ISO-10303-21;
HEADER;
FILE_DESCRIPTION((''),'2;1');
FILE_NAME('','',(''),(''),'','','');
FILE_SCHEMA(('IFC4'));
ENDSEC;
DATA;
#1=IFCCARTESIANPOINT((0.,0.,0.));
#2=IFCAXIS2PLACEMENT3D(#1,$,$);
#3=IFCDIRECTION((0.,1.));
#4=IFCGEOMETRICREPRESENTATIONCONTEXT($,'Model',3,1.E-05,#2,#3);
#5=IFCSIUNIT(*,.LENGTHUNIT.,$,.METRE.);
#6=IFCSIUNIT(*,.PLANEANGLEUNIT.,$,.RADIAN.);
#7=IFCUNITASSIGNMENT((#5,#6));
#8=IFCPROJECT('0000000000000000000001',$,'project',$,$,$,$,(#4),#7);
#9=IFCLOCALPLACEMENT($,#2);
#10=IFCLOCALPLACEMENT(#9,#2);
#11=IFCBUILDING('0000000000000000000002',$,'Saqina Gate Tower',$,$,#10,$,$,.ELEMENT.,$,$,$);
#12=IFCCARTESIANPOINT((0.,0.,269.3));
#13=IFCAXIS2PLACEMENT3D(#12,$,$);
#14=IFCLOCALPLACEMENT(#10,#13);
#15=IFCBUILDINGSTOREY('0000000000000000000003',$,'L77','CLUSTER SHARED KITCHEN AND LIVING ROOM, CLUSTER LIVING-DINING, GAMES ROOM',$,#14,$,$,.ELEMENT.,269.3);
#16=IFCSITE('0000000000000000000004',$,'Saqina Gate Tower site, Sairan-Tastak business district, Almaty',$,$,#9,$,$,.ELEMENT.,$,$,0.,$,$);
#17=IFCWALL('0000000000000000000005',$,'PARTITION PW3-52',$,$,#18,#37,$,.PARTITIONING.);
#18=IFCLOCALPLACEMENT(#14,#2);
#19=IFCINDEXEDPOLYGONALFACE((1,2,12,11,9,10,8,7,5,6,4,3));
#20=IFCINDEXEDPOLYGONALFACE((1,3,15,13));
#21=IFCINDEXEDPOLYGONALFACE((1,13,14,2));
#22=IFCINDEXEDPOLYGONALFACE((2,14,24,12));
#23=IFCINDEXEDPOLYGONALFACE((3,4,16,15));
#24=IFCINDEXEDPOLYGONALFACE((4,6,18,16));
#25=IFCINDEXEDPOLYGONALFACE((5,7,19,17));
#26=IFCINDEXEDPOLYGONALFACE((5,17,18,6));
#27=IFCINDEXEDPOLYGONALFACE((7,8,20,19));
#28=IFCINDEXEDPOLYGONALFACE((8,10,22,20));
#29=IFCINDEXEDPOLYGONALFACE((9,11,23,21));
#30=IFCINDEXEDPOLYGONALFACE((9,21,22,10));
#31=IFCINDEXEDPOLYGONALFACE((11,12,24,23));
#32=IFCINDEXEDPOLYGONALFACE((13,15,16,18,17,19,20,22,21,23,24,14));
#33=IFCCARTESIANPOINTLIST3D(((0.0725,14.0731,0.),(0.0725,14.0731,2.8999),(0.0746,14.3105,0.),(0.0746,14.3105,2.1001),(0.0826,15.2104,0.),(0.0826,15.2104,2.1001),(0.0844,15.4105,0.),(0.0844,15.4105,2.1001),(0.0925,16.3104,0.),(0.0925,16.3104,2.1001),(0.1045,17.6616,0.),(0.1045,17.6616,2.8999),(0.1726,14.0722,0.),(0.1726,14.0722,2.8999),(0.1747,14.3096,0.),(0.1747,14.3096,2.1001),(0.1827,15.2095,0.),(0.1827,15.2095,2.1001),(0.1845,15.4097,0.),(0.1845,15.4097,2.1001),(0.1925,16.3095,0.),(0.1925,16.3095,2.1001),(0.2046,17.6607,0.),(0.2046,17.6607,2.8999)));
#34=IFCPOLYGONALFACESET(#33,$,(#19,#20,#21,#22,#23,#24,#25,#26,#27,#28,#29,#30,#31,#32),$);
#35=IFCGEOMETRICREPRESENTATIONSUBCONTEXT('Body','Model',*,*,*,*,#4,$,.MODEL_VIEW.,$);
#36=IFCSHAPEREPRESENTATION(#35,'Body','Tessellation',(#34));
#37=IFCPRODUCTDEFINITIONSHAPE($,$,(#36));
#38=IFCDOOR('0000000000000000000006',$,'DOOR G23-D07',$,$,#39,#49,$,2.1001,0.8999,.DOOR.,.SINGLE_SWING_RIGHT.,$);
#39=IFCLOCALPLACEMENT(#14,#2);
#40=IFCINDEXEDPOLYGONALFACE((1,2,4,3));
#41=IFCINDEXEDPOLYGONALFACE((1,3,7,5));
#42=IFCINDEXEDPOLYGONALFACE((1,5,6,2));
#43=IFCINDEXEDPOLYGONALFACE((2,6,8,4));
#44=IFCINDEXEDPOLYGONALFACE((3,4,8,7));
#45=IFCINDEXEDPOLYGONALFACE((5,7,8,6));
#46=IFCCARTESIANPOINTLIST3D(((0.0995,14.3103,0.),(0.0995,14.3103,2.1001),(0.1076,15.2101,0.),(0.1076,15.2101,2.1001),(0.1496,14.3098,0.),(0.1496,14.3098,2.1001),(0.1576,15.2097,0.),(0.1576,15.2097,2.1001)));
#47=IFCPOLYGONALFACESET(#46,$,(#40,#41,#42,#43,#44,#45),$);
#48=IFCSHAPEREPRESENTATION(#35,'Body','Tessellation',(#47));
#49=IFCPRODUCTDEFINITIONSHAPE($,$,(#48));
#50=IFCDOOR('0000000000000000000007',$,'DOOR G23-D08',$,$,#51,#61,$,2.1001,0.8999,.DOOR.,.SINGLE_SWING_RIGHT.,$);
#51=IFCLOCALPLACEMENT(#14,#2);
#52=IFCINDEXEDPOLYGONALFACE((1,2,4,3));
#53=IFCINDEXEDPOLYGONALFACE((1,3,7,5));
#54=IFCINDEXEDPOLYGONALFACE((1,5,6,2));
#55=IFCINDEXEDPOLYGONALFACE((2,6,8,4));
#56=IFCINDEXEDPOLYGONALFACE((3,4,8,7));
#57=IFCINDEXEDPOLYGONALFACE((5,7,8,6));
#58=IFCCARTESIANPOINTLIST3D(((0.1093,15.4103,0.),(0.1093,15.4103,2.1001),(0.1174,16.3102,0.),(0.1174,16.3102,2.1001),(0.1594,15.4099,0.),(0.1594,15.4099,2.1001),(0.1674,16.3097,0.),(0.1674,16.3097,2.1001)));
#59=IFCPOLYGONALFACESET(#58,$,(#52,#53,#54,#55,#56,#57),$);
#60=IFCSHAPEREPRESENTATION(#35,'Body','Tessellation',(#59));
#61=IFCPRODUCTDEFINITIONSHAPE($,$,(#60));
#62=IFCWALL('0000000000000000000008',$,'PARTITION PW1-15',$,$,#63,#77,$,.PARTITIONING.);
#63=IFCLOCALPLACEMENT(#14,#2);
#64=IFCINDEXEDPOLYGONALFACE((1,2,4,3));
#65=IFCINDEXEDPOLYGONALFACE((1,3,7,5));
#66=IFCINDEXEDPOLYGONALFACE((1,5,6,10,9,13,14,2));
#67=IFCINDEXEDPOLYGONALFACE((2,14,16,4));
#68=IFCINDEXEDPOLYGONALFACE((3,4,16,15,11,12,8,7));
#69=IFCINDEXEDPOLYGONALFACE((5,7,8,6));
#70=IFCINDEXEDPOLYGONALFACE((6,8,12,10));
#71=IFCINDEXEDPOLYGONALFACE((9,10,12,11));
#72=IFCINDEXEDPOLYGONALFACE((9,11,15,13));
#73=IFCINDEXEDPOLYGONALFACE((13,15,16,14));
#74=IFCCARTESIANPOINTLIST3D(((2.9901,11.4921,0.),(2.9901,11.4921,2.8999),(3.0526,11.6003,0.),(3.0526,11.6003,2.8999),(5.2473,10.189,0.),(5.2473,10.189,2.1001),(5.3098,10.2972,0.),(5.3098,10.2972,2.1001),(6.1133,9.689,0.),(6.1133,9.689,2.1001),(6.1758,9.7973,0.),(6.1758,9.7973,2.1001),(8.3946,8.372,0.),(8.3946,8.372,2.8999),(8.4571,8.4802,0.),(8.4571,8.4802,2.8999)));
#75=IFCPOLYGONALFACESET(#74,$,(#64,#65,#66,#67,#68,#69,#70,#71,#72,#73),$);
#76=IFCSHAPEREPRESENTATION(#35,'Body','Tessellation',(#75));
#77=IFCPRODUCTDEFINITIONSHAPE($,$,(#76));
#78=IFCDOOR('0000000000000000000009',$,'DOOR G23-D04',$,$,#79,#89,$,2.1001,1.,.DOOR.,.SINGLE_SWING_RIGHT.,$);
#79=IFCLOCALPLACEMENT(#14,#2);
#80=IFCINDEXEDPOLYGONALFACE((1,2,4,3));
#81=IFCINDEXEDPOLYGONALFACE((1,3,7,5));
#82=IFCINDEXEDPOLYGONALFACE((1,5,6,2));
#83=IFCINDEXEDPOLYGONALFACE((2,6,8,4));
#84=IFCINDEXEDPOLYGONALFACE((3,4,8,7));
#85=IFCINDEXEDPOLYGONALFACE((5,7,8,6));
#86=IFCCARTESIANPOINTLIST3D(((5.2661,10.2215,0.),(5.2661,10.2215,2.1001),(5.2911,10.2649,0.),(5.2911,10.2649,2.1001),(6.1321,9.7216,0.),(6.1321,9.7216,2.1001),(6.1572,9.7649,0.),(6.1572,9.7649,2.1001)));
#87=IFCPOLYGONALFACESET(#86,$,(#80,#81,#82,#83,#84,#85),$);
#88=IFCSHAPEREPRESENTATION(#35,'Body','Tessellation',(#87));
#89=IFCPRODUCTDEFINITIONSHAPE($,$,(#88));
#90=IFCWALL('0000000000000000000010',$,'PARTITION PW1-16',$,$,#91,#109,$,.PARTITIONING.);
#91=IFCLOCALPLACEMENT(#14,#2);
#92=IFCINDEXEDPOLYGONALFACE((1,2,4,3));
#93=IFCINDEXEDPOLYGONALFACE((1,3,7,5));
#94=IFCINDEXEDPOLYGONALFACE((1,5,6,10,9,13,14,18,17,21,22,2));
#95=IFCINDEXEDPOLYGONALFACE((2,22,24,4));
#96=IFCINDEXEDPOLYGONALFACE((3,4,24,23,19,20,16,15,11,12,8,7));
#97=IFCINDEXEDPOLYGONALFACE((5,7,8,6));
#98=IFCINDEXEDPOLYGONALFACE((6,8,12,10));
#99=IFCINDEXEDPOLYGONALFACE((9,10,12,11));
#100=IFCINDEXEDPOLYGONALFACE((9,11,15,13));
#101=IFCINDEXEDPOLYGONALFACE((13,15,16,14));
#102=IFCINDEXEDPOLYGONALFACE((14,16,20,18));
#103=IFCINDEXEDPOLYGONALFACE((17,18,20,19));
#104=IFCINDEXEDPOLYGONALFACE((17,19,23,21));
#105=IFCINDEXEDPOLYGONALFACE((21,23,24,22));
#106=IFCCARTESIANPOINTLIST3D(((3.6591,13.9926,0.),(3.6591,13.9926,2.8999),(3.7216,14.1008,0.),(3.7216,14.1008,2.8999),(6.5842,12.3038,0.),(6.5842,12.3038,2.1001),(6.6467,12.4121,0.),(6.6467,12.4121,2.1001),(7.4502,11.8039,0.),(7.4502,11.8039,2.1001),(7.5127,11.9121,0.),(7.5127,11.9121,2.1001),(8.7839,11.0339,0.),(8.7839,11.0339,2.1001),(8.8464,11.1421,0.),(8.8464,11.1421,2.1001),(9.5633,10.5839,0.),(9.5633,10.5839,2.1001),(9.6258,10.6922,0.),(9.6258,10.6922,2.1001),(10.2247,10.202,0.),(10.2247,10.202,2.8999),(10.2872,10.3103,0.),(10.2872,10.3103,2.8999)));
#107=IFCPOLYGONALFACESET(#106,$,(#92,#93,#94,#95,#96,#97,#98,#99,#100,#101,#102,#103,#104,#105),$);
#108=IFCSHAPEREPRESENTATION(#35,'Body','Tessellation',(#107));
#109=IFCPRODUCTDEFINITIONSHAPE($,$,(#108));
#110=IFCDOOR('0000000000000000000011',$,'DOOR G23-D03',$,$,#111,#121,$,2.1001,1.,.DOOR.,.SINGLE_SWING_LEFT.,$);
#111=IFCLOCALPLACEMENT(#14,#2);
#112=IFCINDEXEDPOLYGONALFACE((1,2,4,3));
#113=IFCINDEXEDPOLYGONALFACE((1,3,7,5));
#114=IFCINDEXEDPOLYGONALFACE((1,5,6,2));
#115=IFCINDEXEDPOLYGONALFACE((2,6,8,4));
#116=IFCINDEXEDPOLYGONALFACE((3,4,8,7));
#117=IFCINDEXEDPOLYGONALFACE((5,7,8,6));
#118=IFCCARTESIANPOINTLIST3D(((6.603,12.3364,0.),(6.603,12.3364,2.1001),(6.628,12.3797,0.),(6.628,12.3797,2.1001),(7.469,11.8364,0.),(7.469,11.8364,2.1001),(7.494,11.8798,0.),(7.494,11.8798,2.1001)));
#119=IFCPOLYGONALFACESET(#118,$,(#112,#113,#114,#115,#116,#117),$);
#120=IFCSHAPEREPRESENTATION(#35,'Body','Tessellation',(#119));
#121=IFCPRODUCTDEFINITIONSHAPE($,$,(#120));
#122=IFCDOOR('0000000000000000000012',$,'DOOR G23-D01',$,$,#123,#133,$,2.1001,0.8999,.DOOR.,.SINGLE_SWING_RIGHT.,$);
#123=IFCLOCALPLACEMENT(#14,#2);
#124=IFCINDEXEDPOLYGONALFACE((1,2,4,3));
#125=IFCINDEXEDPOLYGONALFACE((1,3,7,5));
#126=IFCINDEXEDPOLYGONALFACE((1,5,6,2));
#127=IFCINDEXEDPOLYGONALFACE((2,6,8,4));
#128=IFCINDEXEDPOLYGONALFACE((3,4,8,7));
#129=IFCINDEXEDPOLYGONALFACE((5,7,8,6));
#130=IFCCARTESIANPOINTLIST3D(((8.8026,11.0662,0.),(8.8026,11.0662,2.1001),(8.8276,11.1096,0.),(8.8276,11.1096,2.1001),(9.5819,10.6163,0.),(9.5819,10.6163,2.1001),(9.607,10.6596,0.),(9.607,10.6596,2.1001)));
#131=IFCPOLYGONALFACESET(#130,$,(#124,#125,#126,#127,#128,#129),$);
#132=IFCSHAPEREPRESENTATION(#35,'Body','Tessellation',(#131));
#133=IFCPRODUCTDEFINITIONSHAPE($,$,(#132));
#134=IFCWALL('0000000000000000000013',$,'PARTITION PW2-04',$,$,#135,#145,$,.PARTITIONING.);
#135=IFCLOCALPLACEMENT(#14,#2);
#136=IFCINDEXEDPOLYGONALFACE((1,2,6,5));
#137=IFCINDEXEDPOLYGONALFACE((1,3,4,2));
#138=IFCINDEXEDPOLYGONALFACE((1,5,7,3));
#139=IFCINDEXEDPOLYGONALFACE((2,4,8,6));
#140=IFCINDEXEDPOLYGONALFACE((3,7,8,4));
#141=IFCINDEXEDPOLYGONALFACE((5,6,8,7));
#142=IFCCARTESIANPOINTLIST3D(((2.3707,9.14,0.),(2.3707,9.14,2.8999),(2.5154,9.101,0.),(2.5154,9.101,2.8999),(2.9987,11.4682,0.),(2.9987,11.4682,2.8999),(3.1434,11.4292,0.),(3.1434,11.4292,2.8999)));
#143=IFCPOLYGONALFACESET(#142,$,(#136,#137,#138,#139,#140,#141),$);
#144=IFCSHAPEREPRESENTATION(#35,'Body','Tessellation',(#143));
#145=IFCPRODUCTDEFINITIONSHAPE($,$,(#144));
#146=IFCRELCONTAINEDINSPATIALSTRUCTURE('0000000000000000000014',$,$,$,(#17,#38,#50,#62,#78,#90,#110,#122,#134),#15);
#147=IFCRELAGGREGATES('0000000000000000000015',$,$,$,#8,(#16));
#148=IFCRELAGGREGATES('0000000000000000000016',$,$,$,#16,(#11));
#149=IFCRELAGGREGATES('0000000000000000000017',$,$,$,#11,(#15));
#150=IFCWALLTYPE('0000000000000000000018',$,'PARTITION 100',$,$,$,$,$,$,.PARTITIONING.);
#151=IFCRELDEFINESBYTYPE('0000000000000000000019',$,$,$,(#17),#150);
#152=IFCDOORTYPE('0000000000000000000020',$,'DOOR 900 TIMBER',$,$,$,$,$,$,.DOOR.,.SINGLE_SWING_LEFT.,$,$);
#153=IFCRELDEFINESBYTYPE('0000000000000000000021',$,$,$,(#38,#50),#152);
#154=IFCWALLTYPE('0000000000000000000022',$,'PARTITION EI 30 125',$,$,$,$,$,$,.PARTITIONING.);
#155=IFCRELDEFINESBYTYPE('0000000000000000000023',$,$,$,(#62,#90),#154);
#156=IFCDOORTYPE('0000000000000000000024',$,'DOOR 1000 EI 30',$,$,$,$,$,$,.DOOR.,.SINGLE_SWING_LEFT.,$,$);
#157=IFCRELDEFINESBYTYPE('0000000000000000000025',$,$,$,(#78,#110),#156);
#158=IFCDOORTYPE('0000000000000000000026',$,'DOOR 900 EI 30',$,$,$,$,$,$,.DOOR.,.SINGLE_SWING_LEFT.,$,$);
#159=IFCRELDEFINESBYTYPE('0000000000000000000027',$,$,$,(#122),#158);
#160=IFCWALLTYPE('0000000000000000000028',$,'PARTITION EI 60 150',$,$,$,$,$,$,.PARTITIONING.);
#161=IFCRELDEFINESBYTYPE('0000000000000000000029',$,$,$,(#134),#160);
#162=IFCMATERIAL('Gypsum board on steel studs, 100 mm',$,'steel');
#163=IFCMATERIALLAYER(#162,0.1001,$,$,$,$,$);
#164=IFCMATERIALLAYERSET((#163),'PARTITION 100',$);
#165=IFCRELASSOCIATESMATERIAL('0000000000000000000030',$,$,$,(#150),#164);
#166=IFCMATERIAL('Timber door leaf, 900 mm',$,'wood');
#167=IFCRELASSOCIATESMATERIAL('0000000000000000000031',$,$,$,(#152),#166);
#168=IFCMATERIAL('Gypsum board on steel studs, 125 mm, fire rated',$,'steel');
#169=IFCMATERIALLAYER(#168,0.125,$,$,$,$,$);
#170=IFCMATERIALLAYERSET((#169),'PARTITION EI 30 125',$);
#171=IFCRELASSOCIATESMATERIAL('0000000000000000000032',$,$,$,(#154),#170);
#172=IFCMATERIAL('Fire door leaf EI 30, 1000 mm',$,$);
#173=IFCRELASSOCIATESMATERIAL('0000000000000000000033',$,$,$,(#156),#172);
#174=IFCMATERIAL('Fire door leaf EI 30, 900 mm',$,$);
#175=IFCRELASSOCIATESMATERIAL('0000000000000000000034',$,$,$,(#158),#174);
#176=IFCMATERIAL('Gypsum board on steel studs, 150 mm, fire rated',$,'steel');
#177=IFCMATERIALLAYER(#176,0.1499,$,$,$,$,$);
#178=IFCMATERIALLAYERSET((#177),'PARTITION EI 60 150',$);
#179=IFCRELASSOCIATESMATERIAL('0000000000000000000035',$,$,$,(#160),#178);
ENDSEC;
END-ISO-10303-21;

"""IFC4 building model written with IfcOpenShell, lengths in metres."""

from ifc_helpers import new_model, si_unit, direction, frame, frame_2d, origin, place, context, subcontext, project, spatial, rectangle, extrude, material, layer, layer_set, type_object, element, fill, save


model = new_model("IFC4")

# Units and contexts
model_context = context("Model", 3, precision=1e-05, world=origin(), true_north=direction((0.0, 1.0)))
body_context = subcontext(model_context, "Body", "Model", "MODEL_VIEW")
ifc_project = project(units=[si_unit("LENGTHUNIT", "METRE"), si_unit("PLANEANGLEUNIT", "RADIAN")], contexts=[model_context])

# Site, building, storey
site_placement = place(None, origin())
site = spatial("IfcSite", under=ifc_project, at=site_placement, Name="Saqina Gate Tower site, Sairan-Tastak business district, Almaty", CompositionType="ELEMENT", RefElevation=0.0)
building_placement = place(site_placement, origin())
building = spatial("IfcBuilding", under=site, at=building_placement, Name="Saqina Gate Tower", CompositionType="ELEMENT")
storey_placement = place(building_placement, frame((0.0, 0.0, 269.3)))
storey = spatial("IfcBuildingStorey", under=building, at=storey_placement, Name="L77", Description="CLUSTER SHARED KITCHEN AND LIVING ROOM, CLUSTER LIVING-DINING, GAMES ROOM", CompositionType="ELEMENT", Elevation=269.3)

# Shared definitions
ifc_material_1 = material(Name="Gypsum board on steel studs, 100 mm", Category="steel")
ifc_layer_1 = layer(ifc_material_1, 0.1001)
ifc_layer_set_1 = layer_set([ifc_layer_1], Name="PARTITION 100")
wall_type_1 = type_object("IfcWallType", Name="PARTITION 100", PredefinedType="PARTITIONING", material=ifc_layer_set_1)

# Wall, openings, doors
wall_1_placement = place(storey_placement, frame((0.1226, 14.0725, 0.0), z_axis=(0.0, 0.0, 1.0), x_axis=(0.008912, 0.99996, 0.0)))
wall_1 = element("IfcWall", 1, at=wall_1_placement, inside=storey, type_object=wall_type_1, Name="PARTITION PW3-52", PredefinedType="PARTITIONING", context=body_context, shape_type="SweptSolid", body=[
    extrude(rectangle(XDim=3.5886, YDim=0.1001, at=frame_2d((1.7944, 0.0))), origin(), (0.0, 0.0, 1.0), 2.8999),
])
opening_1_placement = place(wall_1_placement, frame((0.2375, 0.0, 0.0)))
opening_1 = element("IfcOpeningElement", 2, at=opening_1_placement, cuts=wall_1, PredefinedType="OPENING", context=body_context, shape_type="SweptSolid", body=[
    extrude(rectangle(XDim=0.8999, YDim=2.1001, at=frame_2d((0.45, 1.05))), frame((0.0, 0.062, 0.0), z_axis=(0.0, -1.0, 0.0), x_axis=(1.0, 0.0, 0.0)), (0.0, 0.0, 1.0), 0.124),
])
opening_2_placement = place(wall_1_placement, frame((1.3376, 0.0, 0.0)))
opening_2 = element("IfcOpeningElement", 3, at=opening_2_placement, cuts=wall_1, PredefinedType="OPENING", context=body_context, shape_type="SweptSolid", body=[
    extrude(rectangle(XDim=0.8999, YDim=2.1001, at=frame_2d((0.45, 1.05))), frame((0.0, 0.062, 0.0), z_axis=(0.0, -1.0, 0.0), x_axis=(1.0, 0.0, 0.0)), (0.0, 0.0, 1.0), 0.124),
])
ifc_material_2 = material(Name="Timber door leaf, 900 mm", Category="wood")
door_type_1 = type_object("IfcDoorType", Name="DOOR 900 TIMBER", OperationType="SINGLE_SWING_LEFT", PredefinedType="DOOR", material=ifc_material_2)
door_1_placement = place(opening_1_placement, frame((0.8999, 0.0, 0.0), z_axis=(0.0, 0.0, 1.0), x_axis=(-1.0, 0.0, 0.0)))
door_1 = element("IfcDoor", 4, at=door_1_placement, inside=storey, type_object=door_type_1, Name="DOOR G23-D07", OperationType="SINGLE_SWING_RIGHT", OverallHeight=2.1001, OverallWidth=0.8999, PredefinedType="DOOR", context=body_context, shape_type="SweptSolid", body=[
    extrude(rectangle(XDim=0.8999, YDim=2.1001, at=frame_2d((0.45, 1.05))), frame((0.0, 0.0249, 0.0), z_axis=(0.0, -1.0, 0.0), x_axis=(1.0, 0.0, 0.0)), (0.0, 0.0, 1.0), 0.05),
])
fill(opening_1, door_1)
door_2_placement = place(opening_2_placement, frame((0.8999, 0.0, 0.0), z_axis=(0.0, 0.0, 1.0), x_axis=(-1.0, 0.0, 0.0)))
door_2 = element("IfcDoor", 5, at=door_2_placement, inside=storey, type_object=door_type_1, Name="DOOR G23-D08", OperationType="SINGLE_SWING_RIGHT", OverallHeight=2.1001, OverallWidth=0.8999, PredefinedType="DOOR", context=body_context, shape_type="SweptSolid", body=[
    extrude(rectangle(XDim=0.8999, YDim=2.1001, at=frame_2d((0.45, 1.05))), frame((0.0, 0.0249, 0.0), z_axis=(0.0, -1.0, 0.0), x_axis=(1.0, 0.0, 0.0)), (0.0, 0.0, 1.0), 0.05),
])
fill(opening_2, door_2)

# Wall, opening, door
ifc_material_3 = material(Name="Gypsum board on steel studs, 125 mm, fire rated", Category="steel")
ifc_layer_2 = layer(ifc_material_3, 0.125)
ifc_layer_set_2 = layer_set([ifc_layer_2], Name="PARTITION EI 30 125")
wall_type_2 = type_object("IfcWallType", Name="PARTITION EI 30 125", PredefinedType="PARTITIONING", material=ifc_layer_set_2)
wall_2_placement = place(storey_placement, frame((3.0215, 11.5461, 0.0), z_axis=(0.0, 0.0, 1.0), x_axis=(0.866039, -0.499976, 0.0)))
wall_2 = element("IfcWall", 6, at=wall_2_placement, inside=storey, type_object=wall_type_2, Name="PARTITION PW1-15", PredefinedType="PARTITIONING", context=body_context, shape_type="SweptSolid", body=[
    extrude(rectangle(XDim=6.2405, YDim=0.125, at=frame_2d((3.1201, 0.0))), origin(), (0.0, 0.0, 1.0), 2.8999),
])
opening_3_placement = place(wall_2_placement, frame((2.6062, 0.0, 0.0)))
opening_3 = element("IfcOpeningElement", 7, at=opening_3_placement, cuts=wall_2, PredefinedType="OPENING", context=body_context, shape_type="SweptSolid", body=[
    extrude(rectangle(XDim=1.0, YDim=2.1001, at=frame_2d((0.5, 1.05))), frame((0.0, 0.0745, 0.0), z_axis=(0.0, -1.0, 0.0), x_axis=(1.0, 0.0, 0.0)), (0.0, 0.0, 1.0), 0.1489),
])
ifc_material_4 = material(Name="Fire door leaf EI 30, 1000 mm")
door_type_2 = type_object("IfcDoorType", Name="DOOR 1000 EI 30", OperationType="SINGLE_SWING_LEFT", PredefinedType="DOOR", material=ifc_material_4)
door_3_placement = place(opening_3_placement, frame((1.0, 0.0, 0.0), z_axis=(0.0, 0.0, 1.0), x_axis=(-1.0, 0.0, 0.0)))
door_3 = element("IfcDoor", 8, at=door_3_placement, inside=storey, type_object=door_type_2, Name="DOOR G23-D04", OperationType="SINGLE_SWING_RIGHT", OverallHeight=2.1001, OverallWidth=1.0, PredefinedType="DOOR", context=body_context, shape_type="SweptSolid", body=[
    extrude(rectangle(XDim=1.0, YDim=2.1001, at=frame_2d((0.5, 1.05))), frame((0.0, 0.0249, 0.0), z_axis=(0.0, -1.0, 0.0), x_axis=(1.0, 0.0, 0.0)), (0.0, 0.0, 1.0), 0.05),
])
fill(opening_3, door_3)

# Wall, openings, doors
wall_3_placement = place(storey_placement, frame((3.6904, 14.0466, 0.0), z_axis=(0.0, 0.0, 1.0), x_axis=(0.866035, -0.499984, 0.0)))
wall_3 = element("IfcWall", 9, at=wall_3_placement, inside=storey, type_object=wall_type_2, Name="PARTITION PW1-16", PredefinedType="PARTITIONING", context=body_context, shape_type="SweptSolid", body=[
    extrude(rectangle(XDim=7.5813, YDim=0.125, at=frame_2d((3.7905, 0.0))), origin(), (0.0, 0.0, 1.0), 2.8999),
])
opening_4_placement = place(wall_3_placement, frame((5.9175, 0.0, 0.0)))
opening_4 = element("IfcOpeningElement", 10, at=opening_4_placement, cuts=wall_3, PredefinedType="OPENING", context=body_context, shape_type="SweptSolid", body=[
    extrude(rectangle(XDim=0.8999, YDim=2.1001, at=frame_2d((0.45, 1.05))), frame((0.0, 0.0745, 0.0), z_axis=(0.0, -1.0, 0.0), x_axis=(1.0, 0.0, 0.0)), (0.0, 0.0, 1.0), 0.1489),
])
opening_5_placement = place(wall_3_placement, frame((3.3774, 0.0, 0.0)))
opening_5 = element("IfcOpeningElement", 11, at=opening_5_placement, cuts=wall_3, PredefinedType="OPENING", context=body_context, shape_type="SweptSolid", body=[
    extrude(rectangle(XDim=1.0, YDim=2.1001, at=frame_2d((0.5, 1.05))), frame((0.0, 0.0745, 0.0), z_axis=(0.0, -1.0, 0.0), x_axis=(1.0, 0.0, 0.0)), (0.0, 0.0, 1.0), 0.1489),
])
door_4_placement = place(opening_5_placement, frame((1.0, 0.0, 0.0), z_axis=(0.0, 0.0, 1.0), x_axis=(-1.0, 0.0, 0.0)))
door_4 = element("IfcDoor", 12, at=door_4_placement, inside=storey, type_object=door_type_2, Name="DOOR G23-D03", OperationType="SINGLE_SWING_LEFT", OverallHeight=2.1001, OverallWidth=1.0, PredefinedType="DOOR", context=body_context, shape_type="SweptSolid", body=[
    extrude(rectangle(XDim=1.0, YDim=2.1001, at=frame_2d((0.5, 1.05))), frame((0.0, 0.0249, 0.0), z_axis=(0.0, -1.0, 0.0), x_axis=(1.0, 0.0, 0.0)), (0.0, 0.0, 1.0), 0.05),
])
fill(opening_5, door_4)
ifc_material_5 = material(Name="Fire door leaf EI 30, 900 mm")
door_type_3 = type_object("IfcDoorType", Name="DOOR 900 EI 30", OperationType="SINGLE_SWING_LEFT", PredefinedType="DOOR", material=ifc_material_5)
door_5_placement = place(opening_4_placement, origin())
door_5 = element("IfcDoor", 13, at=door_5_placement, inside=storey, type_object=door_type_3, Name="DOOR G23-D01", OperationType="SINGLE_SWING_RIGHT", OverallHeight=2.1001, OverallWidth=0.8999, PredefinedType="DOOR", context=body_context, shape_type="SweptSolid", body=[
    extrude(rectangle(XDim=0.8999, YDim=2.1001, at=frame_2d((0.45, 1.05))), frame((0.0, 0.0249, 0.0), z_axis=(0.0, -1.0, 0.0), x_axis=(1.0, 0.0, 0.0)), (0.0, 0.0, 1.0), 0.05),
])
fill(opening_4, door_5)

# Wall
ifc_material_6 = material(Name="Gypsum board on steel studs, 150 mm, fire rated", Category="steel")
ifc_layer_3 = layer(ifc_material_6, 0.1499)
ifc_layer_set_3 = layer_set([ifc_layer_3], Name="PARTITION EI 60 150")
wall_type_3 = type_object("IfcWallType", Name="PARTITION EI 60 150", PredefinedType="PARTITIONING", material=ifc_layer_set_3)
wall_4_placement = place(storey_placement, frame((2.4431, 9.1206, 0.0), z_axis=(0.0, 0.0, 1.0), x_axis=(0.260409, 0.965498, 0.0)))
element("IfcWall", 14, at=wall_4_placement, inside=storey, type_object=wall_type_3, Name="PARTITION PW2-04", PredefinedType="PARTITIONING", context=body_context, shape_type="SweptSolid", body=[
    extrude(rectangle(XDim=2.4114, YDim=0.1499, at=frame_2d((1.2056, 0.0))), origin(), (0.0, 0.0, 1.0), 2.8999),
])

save(model, "model.ifc")
